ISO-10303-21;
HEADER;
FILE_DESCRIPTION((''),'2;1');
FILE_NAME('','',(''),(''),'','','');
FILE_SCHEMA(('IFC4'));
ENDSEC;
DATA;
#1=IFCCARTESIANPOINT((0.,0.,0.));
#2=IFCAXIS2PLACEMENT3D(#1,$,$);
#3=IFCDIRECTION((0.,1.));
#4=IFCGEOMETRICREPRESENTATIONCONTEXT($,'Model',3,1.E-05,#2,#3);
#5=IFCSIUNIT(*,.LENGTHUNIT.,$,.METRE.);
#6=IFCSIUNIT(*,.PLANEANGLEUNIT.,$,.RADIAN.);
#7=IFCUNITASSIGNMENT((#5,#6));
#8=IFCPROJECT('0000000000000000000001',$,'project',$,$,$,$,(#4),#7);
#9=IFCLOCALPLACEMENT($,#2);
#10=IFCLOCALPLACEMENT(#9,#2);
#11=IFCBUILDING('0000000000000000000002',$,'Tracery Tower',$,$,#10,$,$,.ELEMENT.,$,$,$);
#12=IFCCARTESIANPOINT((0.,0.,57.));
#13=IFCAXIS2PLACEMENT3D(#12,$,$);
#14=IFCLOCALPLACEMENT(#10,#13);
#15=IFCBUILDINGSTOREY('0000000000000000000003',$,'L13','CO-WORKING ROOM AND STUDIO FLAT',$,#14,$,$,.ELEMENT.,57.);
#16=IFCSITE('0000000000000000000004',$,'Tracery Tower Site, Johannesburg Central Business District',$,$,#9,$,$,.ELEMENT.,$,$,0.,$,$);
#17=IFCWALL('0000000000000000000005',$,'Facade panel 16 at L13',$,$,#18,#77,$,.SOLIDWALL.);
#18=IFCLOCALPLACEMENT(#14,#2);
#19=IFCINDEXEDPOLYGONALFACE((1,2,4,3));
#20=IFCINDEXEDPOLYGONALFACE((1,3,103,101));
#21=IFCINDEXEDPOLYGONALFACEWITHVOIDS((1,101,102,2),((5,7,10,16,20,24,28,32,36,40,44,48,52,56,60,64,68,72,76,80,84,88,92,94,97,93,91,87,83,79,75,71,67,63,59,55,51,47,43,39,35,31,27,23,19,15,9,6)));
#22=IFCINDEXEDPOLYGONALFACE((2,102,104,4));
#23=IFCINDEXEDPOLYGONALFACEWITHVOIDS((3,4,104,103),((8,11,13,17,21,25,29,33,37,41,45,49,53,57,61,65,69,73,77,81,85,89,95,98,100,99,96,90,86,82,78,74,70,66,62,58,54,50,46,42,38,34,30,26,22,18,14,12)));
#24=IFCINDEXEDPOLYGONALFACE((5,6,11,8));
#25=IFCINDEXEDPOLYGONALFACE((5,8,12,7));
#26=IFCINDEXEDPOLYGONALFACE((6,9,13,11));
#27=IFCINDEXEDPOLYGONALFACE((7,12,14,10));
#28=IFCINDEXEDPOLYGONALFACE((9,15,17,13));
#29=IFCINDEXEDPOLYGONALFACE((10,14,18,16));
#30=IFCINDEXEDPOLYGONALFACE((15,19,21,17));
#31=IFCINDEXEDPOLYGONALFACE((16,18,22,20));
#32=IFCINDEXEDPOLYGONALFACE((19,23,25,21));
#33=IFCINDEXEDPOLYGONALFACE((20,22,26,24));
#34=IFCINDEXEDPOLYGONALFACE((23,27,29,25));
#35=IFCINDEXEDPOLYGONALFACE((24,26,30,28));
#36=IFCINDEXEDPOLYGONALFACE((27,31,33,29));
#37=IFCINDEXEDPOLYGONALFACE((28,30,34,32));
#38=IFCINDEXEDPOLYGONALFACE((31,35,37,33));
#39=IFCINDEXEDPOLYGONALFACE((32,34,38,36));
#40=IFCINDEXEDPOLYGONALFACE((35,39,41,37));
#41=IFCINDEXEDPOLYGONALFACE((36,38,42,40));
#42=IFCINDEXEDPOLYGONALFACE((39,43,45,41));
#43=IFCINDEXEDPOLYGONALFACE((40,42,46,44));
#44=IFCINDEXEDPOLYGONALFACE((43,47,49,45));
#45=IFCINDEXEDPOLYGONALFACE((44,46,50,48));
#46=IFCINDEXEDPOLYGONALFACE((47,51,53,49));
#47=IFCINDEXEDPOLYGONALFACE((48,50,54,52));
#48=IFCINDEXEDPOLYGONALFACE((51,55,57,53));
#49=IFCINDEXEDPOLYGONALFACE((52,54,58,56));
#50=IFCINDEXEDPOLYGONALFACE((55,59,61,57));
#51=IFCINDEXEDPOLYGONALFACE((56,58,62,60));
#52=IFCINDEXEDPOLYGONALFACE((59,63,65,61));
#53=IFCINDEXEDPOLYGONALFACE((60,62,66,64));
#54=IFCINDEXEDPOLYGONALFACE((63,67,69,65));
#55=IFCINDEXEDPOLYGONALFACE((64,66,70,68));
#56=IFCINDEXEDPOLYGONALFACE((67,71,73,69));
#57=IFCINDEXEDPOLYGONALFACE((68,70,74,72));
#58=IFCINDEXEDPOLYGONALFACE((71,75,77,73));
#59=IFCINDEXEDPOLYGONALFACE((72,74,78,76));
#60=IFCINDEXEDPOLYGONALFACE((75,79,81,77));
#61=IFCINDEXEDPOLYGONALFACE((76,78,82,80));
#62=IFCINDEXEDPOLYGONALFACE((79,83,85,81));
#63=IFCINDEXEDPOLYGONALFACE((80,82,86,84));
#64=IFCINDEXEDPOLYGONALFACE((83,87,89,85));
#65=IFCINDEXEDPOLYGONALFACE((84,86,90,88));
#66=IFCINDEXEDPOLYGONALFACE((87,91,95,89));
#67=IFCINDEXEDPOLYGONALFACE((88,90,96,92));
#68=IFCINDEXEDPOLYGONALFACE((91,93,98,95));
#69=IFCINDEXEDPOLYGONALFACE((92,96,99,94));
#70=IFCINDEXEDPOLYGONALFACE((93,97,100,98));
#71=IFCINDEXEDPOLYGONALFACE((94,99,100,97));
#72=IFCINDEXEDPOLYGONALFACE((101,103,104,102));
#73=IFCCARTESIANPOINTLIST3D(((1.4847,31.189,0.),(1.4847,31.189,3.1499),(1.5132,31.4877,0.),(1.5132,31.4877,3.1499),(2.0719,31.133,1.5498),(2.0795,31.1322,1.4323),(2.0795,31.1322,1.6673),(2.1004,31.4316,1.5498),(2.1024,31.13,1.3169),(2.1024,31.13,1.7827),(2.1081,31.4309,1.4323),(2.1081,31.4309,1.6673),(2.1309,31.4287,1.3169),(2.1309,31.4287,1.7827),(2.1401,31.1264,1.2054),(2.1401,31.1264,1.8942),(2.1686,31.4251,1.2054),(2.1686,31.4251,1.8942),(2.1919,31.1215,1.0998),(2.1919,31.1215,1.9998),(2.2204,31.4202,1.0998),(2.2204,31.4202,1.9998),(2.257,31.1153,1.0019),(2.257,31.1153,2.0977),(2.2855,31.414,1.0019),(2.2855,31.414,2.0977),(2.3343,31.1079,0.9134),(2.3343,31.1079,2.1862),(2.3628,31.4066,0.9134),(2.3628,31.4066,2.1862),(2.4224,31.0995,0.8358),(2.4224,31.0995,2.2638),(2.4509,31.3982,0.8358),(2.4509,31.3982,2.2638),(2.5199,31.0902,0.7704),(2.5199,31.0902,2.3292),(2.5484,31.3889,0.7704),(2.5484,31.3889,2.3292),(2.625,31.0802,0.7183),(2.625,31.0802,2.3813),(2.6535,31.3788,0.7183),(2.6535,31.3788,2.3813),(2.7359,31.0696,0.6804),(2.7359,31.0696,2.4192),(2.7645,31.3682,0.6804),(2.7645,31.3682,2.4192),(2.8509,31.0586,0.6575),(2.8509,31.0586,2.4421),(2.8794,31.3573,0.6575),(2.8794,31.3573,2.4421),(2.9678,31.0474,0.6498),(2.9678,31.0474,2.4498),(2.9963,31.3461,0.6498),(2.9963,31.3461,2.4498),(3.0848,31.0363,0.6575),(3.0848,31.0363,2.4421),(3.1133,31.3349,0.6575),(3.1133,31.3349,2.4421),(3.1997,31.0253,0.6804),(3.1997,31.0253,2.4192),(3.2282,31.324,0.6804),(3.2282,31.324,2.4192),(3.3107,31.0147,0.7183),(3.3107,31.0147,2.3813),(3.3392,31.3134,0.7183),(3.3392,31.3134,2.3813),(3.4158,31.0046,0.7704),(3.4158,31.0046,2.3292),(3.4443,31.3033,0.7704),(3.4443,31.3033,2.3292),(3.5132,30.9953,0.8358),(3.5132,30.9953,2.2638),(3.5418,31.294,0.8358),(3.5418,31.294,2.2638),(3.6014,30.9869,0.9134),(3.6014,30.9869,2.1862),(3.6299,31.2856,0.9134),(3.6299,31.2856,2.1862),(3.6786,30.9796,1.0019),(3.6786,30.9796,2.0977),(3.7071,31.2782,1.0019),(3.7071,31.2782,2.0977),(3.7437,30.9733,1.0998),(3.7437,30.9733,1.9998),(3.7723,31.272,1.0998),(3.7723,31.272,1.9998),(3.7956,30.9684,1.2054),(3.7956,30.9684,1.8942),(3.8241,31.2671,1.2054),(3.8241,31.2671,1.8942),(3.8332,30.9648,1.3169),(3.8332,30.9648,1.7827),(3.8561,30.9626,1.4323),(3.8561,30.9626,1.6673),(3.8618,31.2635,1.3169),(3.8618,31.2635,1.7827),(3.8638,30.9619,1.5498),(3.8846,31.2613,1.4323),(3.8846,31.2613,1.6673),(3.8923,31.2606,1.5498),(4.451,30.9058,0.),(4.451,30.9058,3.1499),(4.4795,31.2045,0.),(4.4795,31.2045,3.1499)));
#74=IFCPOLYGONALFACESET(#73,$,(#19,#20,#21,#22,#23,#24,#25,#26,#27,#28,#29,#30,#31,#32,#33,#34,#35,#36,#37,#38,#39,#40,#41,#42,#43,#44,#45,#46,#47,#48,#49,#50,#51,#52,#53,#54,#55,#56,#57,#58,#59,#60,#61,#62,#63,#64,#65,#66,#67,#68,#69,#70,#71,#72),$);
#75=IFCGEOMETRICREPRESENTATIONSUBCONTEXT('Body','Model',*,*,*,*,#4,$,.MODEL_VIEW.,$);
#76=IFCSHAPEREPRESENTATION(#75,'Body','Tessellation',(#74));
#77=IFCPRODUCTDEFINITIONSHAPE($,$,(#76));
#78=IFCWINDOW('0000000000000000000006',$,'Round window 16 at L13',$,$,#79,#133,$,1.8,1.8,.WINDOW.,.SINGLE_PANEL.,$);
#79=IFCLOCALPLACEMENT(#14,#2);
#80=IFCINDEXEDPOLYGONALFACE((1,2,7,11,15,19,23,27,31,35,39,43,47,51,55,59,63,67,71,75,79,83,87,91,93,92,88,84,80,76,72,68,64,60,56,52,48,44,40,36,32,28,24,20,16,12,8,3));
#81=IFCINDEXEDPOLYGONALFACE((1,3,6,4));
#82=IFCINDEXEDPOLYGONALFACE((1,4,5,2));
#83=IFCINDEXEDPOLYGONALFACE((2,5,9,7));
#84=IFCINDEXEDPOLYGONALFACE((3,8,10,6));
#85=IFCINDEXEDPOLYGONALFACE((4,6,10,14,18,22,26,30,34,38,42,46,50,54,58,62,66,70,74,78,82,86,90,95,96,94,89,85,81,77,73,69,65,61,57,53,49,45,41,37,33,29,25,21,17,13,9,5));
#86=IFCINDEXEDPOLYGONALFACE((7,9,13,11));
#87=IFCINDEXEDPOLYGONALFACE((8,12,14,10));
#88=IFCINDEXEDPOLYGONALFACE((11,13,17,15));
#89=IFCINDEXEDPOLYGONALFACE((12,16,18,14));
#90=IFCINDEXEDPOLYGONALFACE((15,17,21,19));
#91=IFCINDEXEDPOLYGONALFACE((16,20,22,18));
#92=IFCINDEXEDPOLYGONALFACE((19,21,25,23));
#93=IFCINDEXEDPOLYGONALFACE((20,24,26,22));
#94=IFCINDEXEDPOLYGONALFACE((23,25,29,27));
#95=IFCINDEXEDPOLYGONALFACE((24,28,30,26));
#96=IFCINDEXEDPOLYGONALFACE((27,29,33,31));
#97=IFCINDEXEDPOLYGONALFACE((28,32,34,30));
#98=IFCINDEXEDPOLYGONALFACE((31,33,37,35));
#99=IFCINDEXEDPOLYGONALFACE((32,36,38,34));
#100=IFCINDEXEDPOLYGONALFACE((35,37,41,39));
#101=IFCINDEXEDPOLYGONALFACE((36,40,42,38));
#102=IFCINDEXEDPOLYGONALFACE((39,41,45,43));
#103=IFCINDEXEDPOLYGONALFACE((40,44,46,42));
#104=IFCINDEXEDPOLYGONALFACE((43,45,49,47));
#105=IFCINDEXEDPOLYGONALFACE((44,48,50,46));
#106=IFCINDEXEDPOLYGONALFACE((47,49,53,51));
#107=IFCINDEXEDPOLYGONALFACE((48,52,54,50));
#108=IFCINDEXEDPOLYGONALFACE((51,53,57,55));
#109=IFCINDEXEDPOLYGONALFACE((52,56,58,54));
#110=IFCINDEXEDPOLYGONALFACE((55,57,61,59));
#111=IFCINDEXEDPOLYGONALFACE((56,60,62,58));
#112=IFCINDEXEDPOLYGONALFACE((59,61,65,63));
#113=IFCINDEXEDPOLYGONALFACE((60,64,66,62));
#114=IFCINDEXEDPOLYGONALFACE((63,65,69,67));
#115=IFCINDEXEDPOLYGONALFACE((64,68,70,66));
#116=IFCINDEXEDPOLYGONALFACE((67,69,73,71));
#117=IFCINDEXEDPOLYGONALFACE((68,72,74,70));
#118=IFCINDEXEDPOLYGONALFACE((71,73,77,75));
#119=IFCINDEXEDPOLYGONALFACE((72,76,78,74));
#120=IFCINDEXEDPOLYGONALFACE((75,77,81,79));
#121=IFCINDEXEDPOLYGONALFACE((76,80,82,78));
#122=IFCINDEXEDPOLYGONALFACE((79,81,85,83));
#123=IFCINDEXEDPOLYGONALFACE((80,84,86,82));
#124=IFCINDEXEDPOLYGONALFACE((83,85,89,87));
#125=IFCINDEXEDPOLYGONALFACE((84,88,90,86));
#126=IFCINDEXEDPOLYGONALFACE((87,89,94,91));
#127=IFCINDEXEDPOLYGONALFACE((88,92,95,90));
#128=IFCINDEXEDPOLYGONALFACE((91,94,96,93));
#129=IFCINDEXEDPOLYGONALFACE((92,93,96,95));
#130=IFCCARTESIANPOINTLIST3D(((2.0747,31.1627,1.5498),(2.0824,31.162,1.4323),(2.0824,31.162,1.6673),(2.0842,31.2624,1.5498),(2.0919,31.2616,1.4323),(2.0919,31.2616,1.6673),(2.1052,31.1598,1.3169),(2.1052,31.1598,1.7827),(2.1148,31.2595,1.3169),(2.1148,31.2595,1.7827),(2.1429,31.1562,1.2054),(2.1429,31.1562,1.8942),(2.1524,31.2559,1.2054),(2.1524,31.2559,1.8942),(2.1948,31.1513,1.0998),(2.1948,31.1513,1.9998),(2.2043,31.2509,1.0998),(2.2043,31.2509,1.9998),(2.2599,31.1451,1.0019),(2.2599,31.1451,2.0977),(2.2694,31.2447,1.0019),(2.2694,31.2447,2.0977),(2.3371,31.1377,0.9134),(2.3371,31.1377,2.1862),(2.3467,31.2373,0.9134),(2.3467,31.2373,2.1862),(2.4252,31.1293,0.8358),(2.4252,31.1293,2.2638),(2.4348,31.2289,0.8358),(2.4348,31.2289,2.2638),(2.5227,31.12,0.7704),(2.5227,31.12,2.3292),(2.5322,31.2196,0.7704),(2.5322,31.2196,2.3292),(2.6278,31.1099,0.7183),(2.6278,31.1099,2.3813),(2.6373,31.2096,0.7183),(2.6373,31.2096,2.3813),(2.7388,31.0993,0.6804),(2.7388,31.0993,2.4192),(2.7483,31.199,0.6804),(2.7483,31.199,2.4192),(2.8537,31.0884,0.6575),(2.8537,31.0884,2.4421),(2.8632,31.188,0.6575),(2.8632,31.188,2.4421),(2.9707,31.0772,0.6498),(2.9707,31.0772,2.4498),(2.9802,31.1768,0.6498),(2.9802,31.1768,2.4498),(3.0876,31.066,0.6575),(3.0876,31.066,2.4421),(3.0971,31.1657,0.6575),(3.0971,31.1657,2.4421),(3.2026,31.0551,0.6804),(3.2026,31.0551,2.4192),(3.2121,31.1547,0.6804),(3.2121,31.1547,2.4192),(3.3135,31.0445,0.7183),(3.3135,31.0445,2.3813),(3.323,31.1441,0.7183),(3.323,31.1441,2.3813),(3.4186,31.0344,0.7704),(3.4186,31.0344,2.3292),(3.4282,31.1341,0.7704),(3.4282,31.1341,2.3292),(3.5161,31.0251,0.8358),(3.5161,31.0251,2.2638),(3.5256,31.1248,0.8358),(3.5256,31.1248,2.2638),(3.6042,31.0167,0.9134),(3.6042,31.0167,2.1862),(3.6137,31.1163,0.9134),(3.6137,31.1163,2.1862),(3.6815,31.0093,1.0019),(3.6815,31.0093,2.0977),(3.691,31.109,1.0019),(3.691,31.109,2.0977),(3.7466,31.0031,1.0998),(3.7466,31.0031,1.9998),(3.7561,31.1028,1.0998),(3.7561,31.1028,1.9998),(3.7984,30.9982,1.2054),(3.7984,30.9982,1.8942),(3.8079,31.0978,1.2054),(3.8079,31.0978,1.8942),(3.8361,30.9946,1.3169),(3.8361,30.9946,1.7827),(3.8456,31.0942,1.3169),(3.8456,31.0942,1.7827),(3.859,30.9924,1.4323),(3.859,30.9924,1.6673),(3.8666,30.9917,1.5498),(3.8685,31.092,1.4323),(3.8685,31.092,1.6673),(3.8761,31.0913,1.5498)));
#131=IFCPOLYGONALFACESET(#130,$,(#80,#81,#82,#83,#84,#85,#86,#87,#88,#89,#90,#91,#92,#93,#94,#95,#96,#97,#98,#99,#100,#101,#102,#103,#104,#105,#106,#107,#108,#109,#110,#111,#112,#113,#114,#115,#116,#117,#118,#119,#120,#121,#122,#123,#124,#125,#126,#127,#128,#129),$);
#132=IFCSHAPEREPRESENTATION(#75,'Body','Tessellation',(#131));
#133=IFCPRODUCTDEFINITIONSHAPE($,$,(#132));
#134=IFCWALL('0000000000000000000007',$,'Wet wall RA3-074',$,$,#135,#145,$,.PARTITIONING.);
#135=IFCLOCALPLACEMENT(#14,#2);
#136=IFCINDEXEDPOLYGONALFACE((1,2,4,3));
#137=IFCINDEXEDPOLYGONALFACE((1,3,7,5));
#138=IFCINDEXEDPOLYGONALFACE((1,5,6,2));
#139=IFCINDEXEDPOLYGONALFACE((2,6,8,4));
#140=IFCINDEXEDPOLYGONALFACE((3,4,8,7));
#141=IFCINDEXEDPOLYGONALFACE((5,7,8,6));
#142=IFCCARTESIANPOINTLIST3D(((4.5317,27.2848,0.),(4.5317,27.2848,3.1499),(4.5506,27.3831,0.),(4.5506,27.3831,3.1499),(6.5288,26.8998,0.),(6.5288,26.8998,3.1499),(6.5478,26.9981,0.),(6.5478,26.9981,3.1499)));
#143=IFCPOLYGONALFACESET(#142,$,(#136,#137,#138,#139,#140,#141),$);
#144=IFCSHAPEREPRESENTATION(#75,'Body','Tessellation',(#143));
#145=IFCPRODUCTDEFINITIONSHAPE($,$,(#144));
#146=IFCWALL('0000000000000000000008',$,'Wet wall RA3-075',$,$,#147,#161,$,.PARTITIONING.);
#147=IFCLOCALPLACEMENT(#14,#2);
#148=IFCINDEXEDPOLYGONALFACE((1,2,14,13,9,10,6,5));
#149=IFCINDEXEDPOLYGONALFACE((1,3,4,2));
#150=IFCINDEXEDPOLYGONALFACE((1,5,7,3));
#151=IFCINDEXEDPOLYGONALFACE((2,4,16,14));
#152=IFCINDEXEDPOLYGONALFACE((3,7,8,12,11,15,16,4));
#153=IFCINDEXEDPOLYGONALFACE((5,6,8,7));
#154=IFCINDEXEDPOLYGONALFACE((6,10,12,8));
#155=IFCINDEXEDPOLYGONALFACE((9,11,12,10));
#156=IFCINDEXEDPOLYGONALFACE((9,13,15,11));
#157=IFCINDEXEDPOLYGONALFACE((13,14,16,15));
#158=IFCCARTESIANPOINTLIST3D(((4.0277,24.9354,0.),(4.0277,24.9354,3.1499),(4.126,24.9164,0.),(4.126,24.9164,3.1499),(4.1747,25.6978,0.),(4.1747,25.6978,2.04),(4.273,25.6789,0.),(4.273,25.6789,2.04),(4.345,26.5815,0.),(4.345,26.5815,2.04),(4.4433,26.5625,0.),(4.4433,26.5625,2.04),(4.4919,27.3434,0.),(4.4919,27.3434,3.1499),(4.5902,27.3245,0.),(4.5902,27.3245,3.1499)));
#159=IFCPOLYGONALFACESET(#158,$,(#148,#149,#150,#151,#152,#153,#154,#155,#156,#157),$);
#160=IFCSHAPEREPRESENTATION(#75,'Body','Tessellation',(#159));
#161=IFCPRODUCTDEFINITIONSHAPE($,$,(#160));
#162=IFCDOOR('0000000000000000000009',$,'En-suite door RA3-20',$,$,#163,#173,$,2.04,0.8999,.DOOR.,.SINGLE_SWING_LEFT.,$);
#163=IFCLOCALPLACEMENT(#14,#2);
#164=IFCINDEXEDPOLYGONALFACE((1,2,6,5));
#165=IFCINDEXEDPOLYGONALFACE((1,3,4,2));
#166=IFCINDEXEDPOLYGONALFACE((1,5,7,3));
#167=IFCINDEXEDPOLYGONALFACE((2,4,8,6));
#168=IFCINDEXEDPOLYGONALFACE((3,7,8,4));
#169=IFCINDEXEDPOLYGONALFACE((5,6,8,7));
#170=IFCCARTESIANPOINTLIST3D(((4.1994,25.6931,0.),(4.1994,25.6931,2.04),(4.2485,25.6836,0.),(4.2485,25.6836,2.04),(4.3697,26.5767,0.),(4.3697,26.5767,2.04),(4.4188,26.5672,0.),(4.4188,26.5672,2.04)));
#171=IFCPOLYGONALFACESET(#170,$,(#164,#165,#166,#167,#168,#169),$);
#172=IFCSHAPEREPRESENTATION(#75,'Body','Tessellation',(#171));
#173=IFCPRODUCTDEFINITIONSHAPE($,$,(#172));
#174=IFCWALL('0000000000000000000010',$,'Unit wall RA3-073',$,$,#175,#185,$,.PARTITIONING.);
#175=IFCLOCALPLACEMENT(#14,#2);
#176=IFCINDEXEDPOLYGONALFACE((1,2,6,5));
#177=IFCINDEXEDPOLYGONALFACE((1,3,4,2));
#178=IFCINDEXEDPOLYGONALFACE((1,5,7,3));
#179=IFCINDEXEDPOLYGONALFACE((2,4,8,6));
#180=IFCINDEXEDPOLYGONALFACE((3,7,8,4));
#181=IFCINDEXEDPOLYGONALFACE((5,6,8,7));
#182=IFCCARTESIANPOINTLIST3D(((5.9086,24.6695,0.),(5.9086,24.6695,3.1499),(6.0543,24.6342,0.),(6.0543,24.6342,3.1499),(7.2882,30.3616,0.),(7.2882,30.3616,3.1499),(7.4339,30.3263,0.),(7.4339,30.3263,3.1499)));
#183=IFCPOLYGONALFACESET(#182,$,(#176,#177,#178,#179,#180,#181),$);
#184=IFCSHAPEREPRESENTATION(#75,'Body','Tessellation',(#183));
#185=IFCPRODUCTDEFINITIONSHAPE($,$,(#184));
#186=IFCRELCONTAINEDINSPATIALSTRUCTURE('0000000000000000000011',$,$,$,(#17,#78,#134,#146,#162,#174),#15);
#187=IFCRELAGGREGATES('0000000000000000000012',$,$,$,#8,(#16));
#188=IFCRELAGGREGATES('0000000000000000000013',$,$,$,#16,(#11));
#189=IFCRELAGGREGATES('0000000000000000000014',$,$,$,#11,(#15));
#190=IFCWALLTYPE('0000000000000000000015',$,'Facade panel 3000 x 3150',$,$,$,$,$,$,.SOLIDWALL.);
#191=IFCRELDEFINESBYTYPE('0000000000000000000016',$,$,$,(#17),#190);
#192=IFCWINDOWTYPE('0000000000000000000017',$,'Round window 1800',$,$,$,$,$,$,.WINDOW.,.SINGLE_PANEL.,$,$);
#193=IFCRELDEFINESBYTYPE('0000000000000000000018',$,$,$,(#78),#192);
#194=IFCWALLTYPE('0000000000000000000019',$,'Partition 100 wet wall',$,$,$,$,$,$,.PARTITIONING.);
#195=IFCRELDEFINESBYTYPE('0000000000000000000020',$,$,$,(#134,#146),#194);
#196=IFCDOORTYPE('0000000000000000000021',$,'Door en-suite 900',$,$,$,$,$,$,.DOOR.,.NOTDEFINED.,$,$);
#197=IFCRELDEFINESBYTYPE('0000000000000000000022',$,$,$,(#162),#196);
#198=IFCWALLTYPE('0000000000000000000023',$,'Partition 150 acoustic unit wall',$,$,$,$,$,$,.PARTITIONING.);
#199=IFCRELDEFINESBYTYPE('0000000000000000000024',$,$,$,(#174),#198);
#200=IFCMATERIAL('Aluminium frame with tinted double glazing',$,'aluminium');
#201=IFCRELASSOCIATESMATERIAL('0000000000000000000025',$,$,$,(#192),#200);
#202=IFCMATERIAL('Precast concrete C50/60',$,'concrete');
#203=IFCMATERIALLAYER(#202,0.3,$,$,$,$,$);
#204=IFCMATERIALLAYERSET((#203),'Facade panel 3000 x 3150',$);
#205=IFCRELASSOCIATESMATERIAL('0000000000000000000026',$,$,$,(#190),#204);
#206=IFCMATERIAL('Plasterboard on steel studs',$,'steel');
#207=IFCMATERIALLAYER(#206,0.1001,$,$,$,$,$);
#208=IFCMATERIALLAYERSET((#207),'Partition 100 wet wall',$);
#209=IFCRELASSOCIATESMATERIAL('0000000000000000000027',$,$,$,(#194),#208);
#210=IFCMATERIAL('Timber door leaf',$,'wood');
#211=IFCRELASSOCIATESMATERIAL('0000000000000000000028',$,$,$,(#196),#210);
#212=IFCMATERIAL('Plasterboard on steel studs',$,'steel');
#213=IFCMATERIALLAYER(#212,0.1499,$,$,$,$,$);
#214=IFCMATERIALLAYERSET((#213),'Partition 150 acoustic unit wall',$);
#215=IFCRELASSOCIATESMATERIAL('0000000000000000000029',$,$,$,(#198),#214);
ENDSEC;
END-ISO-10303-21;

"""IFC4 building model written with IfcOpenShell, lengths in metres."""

from ifc_helpers import new_model, si_unit, direction, frame, frame_2d, origin, origin_2d, place, context, subcontext, project, spatial, rectangle, circle, extrude, material, layer, layer_set, type_object, element, fill, save


model = new_model("IFC4")

# Units and contexts
model_context = context("Model", 3, precision=1e-05, world=origin(), true_north=direction((0.0, 1.0)))
body_context = subcontext(model_context, "Body", "Model", "MODEL_VIEW")
ifc_project = project(units=[si_unit("LENGTHUNIT", "METRE"), si_unit("PLANEANGLEUNIT", "RADIAN")], contexts=[model_context])

# Site, building, storey
site_placement = place(None, origin())
site = spatial("IfcSite", under=ifc_project, at=site_placement, Name="Tracery Tower Site, Johannesburg Central Business District", CompositionType="ELEMENT", RefElevation=0.0)
building_placement = place(site_placement, origin())
building = spatial("IfcBuilding", under=site, at=building_placement, Name="Tracery Tower", CompositionType="ELEMENT")
storey_placement = place(building_placement, frame((0.0, 0.0, 57.0)))
storey = spatial("IfcBuildingStorey", under=building, at=storey_placement, Name="L13", Description="CO-WORKING ROOM AND STUDIO FLAT", CompositionType="ELEMENT", Elevation=57.0)

# Wall, opening, window
ifc_material_1 = material(Name="Aluminium frame with tinted double glazing", Category="aluminium")
window_type = type_object("IfcWindowType", Name="Round window 1800", PartitioningType="SINGLE_PANEL", PredefinedType="WINDOW", material=ifc_material_1)
ifc_material_2 = material(Name="Precast concrete C50/60", Category="concrete")
ifc_layer_1 = layer(ifc_material_2, 0.3)
ifc_layer_set_1 = layer_set([ifc_layer_1], Name="Facade panel 3000 x 3150")
wall_type_1 = type_object("IfcWallType", Name="Facade panel 3000 x 3150", PredefinedType="SOLIDWALL", material=ifc_layer_set_1)
wall_1_placement = place(storey_placement, frame((4.4651, 31.0552, 0.0), z_axis=(0.0, 0.0, 1.0), x_axis=(-0.995473, 0.095041, 0.0)))
wall_1 = element("IfcWall", 1, at=wall_1_placement, inside=storey, type_object=wall_type_1, Name="Facade panel 16 at L13", PredefinedType="SOLIDWALL", context=body_context, shape_type="SweptSolid", body=[
    extrude(rectangle(XDim=2.9797, YDim=0.3, at=frame_2d((1.4897, 0.0))), origin(), (0.0, 0.0, 1.0), 3.1499),
])
opening_1_placement = place(wall_1_placement, frame((1.4897, 0.0, 1.5498)))
opening_1 = element("IfcOpeningElement", 2, at=opening_1_placement, cuts=wall_1, PredefinedType="OPENING", context=body_context, shape_type="SweptSolid", body=[
    extrude(circle(Radius=0.9, at=origin_2d()), frame((0.0, 0.1599, 0.0), z_axis=(0.0, -1.0, 0.0), x_axis=(1.0, 0.0, 0.0)), (0.0, 0.0, 1.0), 0.3201),
])
window_1_placement = place(opening_1_placement, origin())
window_1 = element("IfcWindow", 3, at=window_1_placement, inside=storey, type_object=window_type, Name="Round window 16 at L13", OverallHeight=1.8, OverallWidth=1.8, PartitioningType="SINGLE_PANEL", PredefinedType="WINDOW", context=body_context, shape_type="SweptSolid", body=[
    extrude(circle(Radius=0.9, at=origin_2d()), frame((0.0, 0.1201, 0.0), z_axis=(0.0, -1.0, 0.0), x_axis=(1.0, 0.0, 0.0)), (0.0, 0.0, 1.0), 0.1001),
])
fill(opening_1, window_1)

# Wall
ifc_material_3 = material(Name="Plasterboard on steel studs", Category="steel")
ifc_layer_2 = layer(ifc_material_3, 0.1001)
ifc_layer_set_2 = layer_set([ifc_layer_2], Name="Partition 100 wet wall")
wall_type_2 = type_object("IfcWallType", Name="Partition 100 wet wall", PredefinedType="PARTITIONING", material=ifc_layer_set_2)
wall_2_placement = place(storey_placement, frame((4.541, 27.334, 0.0), z_axis=(0.0, 0.0, 1.0), x_axis=(0.981919, -0.189302, 0.0)))
element("IfcWall", 4, at=wall_2_placement, inside=storey, type_object=wall_type_2, Name="Wet wall RA3-074", PredefinedType="PARTITIONING", context=body_context, shape_type="SweptSolid", body=[
    extrude(rectangle(XDim=2.0339, YDim=0.1001, at=frame_2d((1.0171, 0.0))), origin(), (0.0, 0.0, 1.0), 3.1499),
])

# Wall, opening, door
wall_3_placement = place(storey_placement, frame((4.0769, 24.926, 0.0), z_axis=(0.0, 0.0, 1.0), x_axis=(0.189257, 0.981928, 0.0)))
wall_3 = element("IfcWall", 5, at=wall_3_placement, inside=storey, type_object=wall_type_2, Name="Wet wall RA3-075", PredefinedType="PARTITIONING", context=body_context, shape_type="SweptSolid", body=[
    extrude(rectangle(XDim=2.4524, YDim=0.1001, at=frame_2d((1.2261, 0.0))), origin(), (0.0, 0.0, 1.0), 3.1499),
])
opening_2_placement = place(wall_3_placement, frame((0.7764, 0.0, 0.0)))
opening_2 = element("IfcOpeningElement", 6, at=opening_2_placement, cuts=wall_3, PredefinedType="OPENING", context=body_context, shape_type="SweptSolid", body=[
    extrude(rectangle(XDim=0.8999, YDim=2.04, at=frame_2d((0.45, 1.02))), frame((0.0, 0.05, 0.0), z_axis=(0.0, -1.0, 0.0), x_axis=(1.0, 0.0, 0.0)), (0.0, 0.0, 1.0), 0.1001),
])
ifc_material_4 = material(Name="Timber door leaf", Category="wood")
door_type = type_object("IfcDoorType", Name="Door en-suite 900", OperationType="NOTDEFINED", PredefinedType="DOOR", material=ifc_material_4)
door_placement = place(opening_2_placement, origin())
door = element("IfcDoor", 7, at=door_placement, inside=storey, type_object=door_type, Name="En-suite door RA3-20", OperationType="SINGLE_SWING_LEFT", OverallHeight=2.04, OverallWidth=0.8999, PredefinedType="DOOR", context=body_context, shape_type="SweptSolid", body=[
    extrude(rectangle(XDim=0.8999, YDim=2.04, at=frame_2d((0.45, 1.02))), frame((0.0, 0.0249, 0.0), z_axis=(0.0, -1.0, 0.0), x_axis=(1.0, 0.0, 0.0)), (0.0, 0.0, 1.0), 0.05),
])
fill(opening_2, door)

# Wall
ifc_material_5 = material(Name="Plasterboard on steel studs", Category="steel")
ifc_layer_3 = layer(ifc_material_5, 0.1499)
ifc_layer_set_3 = layer_set([ifc_layer_3], Name="Partition 150 acoustic unit wall")
wall_type_3 = type_object("IfcWallType", Name="Partition 150 acoustic unit wall", PredefinedType="PARTITIONING", material=ifc_layer_set_3)
wall_4_placement = place(storey_placement, frame((5.9814, 24.6519, 0.0), z_axis=(0.0, 0.0, 1.0), x_axis=(0.235556, 0.971861, 0.0)))
element("IfcWall", 8, at=wall_4_placement, inside=storey, type_object=wall_type_3, Name="Unit wall RA3-073", PredefinedType="PARTITIONING", context=body_context, shape_type="SweptSolid", body=[
    extrude(rectangle(XDim=5.8569, YDim=0.1499, at=frame_2d((2.9285, 0.0))), origin(), (0.0, 0.0, 1.0), 3.1499),
])

save(model, "model.ifc")
